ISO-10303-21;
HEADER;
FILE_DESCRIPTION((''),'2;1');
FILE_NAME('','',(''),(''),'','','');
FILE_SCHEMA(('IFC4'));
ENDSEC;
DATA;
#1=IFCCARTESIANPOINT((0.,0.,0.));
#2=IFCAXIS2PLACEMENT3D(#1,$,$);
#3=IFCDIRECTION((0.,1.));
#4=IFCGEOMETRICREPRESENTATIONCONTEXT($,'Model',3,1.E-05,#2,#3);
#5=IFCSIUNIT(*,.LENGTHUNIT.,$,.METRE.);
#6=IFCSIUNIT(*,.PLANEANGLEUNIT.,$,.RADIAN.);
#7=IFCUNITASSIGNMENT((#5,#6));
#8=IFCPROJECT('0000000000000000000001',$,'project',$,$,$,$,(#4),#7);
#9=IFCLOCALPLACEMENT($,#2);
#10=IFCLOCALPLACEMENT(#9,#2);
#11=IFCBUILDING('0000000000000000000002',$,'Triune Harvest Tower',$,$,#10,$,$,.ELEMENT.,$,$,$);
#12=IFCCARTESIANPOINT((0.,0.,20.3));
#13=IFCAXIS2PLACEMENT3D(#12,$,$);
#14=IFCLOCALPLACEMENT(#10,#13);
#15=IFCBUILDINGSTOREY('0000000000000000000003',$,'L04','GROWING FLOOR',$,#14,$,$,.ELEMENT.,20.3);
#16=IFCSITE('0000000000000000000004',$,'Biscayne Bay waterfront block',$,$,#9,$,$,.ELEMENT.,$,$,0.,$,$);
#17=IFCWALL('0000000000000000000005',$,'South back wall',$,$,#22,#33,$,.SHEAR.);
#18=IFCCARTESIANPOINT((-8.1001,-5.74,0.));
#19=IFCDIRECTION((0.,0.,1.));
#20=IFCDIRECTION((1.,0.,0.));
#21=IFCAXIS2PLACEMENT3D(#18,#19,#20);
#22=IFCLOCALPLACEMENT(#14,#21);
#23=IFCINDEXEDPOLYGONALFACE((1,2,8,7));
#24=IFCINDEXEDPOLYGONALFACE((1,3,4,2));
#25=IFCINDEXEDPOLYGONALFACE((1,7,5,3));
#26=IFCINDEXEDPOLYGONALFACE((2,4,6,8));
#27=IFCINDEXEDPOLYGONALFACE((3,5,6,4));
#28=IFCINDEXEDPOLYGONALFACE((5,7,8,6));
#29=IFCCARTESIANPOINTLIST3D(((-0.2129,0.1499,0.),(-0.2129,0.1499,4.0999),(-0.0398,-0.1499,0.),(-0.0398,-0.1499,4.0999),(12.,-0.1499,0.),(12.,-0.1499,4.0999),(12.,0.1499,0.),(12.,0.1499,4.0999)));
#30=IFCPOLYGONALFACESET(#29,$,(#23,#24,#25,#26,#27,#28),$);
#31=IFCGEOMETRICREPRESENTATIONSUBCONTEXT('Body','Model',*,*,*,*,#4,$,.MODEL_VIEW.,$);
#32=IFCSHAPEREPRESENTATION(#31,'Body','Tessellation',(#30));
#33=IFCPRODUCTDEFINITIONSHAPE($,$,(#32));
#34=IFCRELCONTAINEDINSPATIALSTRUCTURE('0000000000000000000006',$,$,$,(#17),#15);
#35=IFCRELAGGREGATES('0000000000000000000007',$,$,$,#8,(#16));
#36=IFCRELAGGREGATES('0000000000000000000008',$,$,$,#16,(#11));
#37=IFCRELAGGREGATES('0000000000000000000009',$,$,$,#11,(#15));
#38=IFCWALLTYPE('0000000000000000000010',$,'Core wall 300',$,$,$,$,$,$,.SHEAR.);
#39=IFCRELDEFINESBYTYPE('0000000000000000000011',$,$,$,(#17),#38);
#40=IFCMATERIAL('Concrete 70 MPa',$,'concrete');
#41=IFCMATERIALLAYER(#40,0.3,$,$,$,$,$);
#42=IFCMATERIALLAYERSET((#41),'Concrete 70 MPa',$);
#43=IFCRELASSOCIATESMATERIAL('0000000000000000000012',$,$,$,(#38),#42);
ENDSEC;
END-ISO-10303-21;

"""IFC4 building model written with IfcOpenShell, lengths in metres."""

from ifc_helpers import new_model, si_unit, direction, frame, origin, place, context, subcontext, project, spatial, polyline, outline, extrude, source, transform, mapped, material, layer, layer_set, type_object, element, save


model = new_model("IFC4")

# Units and contexts
model_context = context("Model", 3, precision=1e-05, world=origin(), true_north=direction((0.0, 1.0)))
body_context = subcontext(model_context, "Body", "Model", "MODEL_VIEW")
ifc_project = project(units=[si_unit("LENGTHUNIT", "METRE"), si_unit("PLANEANGLEUNIT", "RADIAN")], contexts=[model_context])

# Site, building, storey
site_placement = place(None, origin())
site = spatial("IfcSite", under=ifc_project, at=site_placement, Name="Biscayne Bay waterfront block", CompositionType="ELEMENT", RefElevation=0.0)
building_placement = place(site_placement, origin())
building = spatial("IfcBuilding", under=site, at=building_placement, Name="Triune Harvest Tower", CompositionType="ELEMENT")
storey_placement = place(building_placement, frame((0.0, 0.0, 20.3)))
storey = spatial("IfcBuildingStorey", under=building, at=storey_placement, Name="L04", Description="GROWING FLOOR", CompositionType="ELEMENT", Elevation=20.3)

# Shared definitions
ifc_material_1 = material(Name="Concrete 70 MPa", Category="concrete")
ifc_layer_1 = layer(ifc_material_1, 0.3)
ifc_layer_set_1 = layer_set([ifc_layer_1], Name="Concrete 70 MPa")
wall_type_1 = type_object("IfcWallType", Name="Core wall 300", PredefinedType="SHEAR", material=ifc_layer_set_1)

# Wall
shared_shape_1 = source(origin(), body_context, "Body", "SweptSolid", [
    extrude(outline(polyline([(12.0, -0.1499), (-0.0398, -0.1499), (-0.2129, 0.1499), (12.0, 0.1499), (12.0, -0.1499)])), origin(), (0.0, 0.0, 1.0), 4.0999),
])
wall_1_placement = place(storey_placement, frame((-8.1001, -5.74, 0.0), z_axis=(0.0, 0.0, 1.0), x_axis=(1.0, 0.0, 0.0)))
element("IfcWall", 1, at=wall_1_placement, inside=storey, type_object=wall_type_1, Name="South back wall", PredefinedType="SHEAR", context=body_context, shape_type="MappedRepresentation", body=[
    mapped(shared_shape_1, transform((0.0, 0.0, 0.0), scale=1.0)),
])

save(model, "model.ifc")
